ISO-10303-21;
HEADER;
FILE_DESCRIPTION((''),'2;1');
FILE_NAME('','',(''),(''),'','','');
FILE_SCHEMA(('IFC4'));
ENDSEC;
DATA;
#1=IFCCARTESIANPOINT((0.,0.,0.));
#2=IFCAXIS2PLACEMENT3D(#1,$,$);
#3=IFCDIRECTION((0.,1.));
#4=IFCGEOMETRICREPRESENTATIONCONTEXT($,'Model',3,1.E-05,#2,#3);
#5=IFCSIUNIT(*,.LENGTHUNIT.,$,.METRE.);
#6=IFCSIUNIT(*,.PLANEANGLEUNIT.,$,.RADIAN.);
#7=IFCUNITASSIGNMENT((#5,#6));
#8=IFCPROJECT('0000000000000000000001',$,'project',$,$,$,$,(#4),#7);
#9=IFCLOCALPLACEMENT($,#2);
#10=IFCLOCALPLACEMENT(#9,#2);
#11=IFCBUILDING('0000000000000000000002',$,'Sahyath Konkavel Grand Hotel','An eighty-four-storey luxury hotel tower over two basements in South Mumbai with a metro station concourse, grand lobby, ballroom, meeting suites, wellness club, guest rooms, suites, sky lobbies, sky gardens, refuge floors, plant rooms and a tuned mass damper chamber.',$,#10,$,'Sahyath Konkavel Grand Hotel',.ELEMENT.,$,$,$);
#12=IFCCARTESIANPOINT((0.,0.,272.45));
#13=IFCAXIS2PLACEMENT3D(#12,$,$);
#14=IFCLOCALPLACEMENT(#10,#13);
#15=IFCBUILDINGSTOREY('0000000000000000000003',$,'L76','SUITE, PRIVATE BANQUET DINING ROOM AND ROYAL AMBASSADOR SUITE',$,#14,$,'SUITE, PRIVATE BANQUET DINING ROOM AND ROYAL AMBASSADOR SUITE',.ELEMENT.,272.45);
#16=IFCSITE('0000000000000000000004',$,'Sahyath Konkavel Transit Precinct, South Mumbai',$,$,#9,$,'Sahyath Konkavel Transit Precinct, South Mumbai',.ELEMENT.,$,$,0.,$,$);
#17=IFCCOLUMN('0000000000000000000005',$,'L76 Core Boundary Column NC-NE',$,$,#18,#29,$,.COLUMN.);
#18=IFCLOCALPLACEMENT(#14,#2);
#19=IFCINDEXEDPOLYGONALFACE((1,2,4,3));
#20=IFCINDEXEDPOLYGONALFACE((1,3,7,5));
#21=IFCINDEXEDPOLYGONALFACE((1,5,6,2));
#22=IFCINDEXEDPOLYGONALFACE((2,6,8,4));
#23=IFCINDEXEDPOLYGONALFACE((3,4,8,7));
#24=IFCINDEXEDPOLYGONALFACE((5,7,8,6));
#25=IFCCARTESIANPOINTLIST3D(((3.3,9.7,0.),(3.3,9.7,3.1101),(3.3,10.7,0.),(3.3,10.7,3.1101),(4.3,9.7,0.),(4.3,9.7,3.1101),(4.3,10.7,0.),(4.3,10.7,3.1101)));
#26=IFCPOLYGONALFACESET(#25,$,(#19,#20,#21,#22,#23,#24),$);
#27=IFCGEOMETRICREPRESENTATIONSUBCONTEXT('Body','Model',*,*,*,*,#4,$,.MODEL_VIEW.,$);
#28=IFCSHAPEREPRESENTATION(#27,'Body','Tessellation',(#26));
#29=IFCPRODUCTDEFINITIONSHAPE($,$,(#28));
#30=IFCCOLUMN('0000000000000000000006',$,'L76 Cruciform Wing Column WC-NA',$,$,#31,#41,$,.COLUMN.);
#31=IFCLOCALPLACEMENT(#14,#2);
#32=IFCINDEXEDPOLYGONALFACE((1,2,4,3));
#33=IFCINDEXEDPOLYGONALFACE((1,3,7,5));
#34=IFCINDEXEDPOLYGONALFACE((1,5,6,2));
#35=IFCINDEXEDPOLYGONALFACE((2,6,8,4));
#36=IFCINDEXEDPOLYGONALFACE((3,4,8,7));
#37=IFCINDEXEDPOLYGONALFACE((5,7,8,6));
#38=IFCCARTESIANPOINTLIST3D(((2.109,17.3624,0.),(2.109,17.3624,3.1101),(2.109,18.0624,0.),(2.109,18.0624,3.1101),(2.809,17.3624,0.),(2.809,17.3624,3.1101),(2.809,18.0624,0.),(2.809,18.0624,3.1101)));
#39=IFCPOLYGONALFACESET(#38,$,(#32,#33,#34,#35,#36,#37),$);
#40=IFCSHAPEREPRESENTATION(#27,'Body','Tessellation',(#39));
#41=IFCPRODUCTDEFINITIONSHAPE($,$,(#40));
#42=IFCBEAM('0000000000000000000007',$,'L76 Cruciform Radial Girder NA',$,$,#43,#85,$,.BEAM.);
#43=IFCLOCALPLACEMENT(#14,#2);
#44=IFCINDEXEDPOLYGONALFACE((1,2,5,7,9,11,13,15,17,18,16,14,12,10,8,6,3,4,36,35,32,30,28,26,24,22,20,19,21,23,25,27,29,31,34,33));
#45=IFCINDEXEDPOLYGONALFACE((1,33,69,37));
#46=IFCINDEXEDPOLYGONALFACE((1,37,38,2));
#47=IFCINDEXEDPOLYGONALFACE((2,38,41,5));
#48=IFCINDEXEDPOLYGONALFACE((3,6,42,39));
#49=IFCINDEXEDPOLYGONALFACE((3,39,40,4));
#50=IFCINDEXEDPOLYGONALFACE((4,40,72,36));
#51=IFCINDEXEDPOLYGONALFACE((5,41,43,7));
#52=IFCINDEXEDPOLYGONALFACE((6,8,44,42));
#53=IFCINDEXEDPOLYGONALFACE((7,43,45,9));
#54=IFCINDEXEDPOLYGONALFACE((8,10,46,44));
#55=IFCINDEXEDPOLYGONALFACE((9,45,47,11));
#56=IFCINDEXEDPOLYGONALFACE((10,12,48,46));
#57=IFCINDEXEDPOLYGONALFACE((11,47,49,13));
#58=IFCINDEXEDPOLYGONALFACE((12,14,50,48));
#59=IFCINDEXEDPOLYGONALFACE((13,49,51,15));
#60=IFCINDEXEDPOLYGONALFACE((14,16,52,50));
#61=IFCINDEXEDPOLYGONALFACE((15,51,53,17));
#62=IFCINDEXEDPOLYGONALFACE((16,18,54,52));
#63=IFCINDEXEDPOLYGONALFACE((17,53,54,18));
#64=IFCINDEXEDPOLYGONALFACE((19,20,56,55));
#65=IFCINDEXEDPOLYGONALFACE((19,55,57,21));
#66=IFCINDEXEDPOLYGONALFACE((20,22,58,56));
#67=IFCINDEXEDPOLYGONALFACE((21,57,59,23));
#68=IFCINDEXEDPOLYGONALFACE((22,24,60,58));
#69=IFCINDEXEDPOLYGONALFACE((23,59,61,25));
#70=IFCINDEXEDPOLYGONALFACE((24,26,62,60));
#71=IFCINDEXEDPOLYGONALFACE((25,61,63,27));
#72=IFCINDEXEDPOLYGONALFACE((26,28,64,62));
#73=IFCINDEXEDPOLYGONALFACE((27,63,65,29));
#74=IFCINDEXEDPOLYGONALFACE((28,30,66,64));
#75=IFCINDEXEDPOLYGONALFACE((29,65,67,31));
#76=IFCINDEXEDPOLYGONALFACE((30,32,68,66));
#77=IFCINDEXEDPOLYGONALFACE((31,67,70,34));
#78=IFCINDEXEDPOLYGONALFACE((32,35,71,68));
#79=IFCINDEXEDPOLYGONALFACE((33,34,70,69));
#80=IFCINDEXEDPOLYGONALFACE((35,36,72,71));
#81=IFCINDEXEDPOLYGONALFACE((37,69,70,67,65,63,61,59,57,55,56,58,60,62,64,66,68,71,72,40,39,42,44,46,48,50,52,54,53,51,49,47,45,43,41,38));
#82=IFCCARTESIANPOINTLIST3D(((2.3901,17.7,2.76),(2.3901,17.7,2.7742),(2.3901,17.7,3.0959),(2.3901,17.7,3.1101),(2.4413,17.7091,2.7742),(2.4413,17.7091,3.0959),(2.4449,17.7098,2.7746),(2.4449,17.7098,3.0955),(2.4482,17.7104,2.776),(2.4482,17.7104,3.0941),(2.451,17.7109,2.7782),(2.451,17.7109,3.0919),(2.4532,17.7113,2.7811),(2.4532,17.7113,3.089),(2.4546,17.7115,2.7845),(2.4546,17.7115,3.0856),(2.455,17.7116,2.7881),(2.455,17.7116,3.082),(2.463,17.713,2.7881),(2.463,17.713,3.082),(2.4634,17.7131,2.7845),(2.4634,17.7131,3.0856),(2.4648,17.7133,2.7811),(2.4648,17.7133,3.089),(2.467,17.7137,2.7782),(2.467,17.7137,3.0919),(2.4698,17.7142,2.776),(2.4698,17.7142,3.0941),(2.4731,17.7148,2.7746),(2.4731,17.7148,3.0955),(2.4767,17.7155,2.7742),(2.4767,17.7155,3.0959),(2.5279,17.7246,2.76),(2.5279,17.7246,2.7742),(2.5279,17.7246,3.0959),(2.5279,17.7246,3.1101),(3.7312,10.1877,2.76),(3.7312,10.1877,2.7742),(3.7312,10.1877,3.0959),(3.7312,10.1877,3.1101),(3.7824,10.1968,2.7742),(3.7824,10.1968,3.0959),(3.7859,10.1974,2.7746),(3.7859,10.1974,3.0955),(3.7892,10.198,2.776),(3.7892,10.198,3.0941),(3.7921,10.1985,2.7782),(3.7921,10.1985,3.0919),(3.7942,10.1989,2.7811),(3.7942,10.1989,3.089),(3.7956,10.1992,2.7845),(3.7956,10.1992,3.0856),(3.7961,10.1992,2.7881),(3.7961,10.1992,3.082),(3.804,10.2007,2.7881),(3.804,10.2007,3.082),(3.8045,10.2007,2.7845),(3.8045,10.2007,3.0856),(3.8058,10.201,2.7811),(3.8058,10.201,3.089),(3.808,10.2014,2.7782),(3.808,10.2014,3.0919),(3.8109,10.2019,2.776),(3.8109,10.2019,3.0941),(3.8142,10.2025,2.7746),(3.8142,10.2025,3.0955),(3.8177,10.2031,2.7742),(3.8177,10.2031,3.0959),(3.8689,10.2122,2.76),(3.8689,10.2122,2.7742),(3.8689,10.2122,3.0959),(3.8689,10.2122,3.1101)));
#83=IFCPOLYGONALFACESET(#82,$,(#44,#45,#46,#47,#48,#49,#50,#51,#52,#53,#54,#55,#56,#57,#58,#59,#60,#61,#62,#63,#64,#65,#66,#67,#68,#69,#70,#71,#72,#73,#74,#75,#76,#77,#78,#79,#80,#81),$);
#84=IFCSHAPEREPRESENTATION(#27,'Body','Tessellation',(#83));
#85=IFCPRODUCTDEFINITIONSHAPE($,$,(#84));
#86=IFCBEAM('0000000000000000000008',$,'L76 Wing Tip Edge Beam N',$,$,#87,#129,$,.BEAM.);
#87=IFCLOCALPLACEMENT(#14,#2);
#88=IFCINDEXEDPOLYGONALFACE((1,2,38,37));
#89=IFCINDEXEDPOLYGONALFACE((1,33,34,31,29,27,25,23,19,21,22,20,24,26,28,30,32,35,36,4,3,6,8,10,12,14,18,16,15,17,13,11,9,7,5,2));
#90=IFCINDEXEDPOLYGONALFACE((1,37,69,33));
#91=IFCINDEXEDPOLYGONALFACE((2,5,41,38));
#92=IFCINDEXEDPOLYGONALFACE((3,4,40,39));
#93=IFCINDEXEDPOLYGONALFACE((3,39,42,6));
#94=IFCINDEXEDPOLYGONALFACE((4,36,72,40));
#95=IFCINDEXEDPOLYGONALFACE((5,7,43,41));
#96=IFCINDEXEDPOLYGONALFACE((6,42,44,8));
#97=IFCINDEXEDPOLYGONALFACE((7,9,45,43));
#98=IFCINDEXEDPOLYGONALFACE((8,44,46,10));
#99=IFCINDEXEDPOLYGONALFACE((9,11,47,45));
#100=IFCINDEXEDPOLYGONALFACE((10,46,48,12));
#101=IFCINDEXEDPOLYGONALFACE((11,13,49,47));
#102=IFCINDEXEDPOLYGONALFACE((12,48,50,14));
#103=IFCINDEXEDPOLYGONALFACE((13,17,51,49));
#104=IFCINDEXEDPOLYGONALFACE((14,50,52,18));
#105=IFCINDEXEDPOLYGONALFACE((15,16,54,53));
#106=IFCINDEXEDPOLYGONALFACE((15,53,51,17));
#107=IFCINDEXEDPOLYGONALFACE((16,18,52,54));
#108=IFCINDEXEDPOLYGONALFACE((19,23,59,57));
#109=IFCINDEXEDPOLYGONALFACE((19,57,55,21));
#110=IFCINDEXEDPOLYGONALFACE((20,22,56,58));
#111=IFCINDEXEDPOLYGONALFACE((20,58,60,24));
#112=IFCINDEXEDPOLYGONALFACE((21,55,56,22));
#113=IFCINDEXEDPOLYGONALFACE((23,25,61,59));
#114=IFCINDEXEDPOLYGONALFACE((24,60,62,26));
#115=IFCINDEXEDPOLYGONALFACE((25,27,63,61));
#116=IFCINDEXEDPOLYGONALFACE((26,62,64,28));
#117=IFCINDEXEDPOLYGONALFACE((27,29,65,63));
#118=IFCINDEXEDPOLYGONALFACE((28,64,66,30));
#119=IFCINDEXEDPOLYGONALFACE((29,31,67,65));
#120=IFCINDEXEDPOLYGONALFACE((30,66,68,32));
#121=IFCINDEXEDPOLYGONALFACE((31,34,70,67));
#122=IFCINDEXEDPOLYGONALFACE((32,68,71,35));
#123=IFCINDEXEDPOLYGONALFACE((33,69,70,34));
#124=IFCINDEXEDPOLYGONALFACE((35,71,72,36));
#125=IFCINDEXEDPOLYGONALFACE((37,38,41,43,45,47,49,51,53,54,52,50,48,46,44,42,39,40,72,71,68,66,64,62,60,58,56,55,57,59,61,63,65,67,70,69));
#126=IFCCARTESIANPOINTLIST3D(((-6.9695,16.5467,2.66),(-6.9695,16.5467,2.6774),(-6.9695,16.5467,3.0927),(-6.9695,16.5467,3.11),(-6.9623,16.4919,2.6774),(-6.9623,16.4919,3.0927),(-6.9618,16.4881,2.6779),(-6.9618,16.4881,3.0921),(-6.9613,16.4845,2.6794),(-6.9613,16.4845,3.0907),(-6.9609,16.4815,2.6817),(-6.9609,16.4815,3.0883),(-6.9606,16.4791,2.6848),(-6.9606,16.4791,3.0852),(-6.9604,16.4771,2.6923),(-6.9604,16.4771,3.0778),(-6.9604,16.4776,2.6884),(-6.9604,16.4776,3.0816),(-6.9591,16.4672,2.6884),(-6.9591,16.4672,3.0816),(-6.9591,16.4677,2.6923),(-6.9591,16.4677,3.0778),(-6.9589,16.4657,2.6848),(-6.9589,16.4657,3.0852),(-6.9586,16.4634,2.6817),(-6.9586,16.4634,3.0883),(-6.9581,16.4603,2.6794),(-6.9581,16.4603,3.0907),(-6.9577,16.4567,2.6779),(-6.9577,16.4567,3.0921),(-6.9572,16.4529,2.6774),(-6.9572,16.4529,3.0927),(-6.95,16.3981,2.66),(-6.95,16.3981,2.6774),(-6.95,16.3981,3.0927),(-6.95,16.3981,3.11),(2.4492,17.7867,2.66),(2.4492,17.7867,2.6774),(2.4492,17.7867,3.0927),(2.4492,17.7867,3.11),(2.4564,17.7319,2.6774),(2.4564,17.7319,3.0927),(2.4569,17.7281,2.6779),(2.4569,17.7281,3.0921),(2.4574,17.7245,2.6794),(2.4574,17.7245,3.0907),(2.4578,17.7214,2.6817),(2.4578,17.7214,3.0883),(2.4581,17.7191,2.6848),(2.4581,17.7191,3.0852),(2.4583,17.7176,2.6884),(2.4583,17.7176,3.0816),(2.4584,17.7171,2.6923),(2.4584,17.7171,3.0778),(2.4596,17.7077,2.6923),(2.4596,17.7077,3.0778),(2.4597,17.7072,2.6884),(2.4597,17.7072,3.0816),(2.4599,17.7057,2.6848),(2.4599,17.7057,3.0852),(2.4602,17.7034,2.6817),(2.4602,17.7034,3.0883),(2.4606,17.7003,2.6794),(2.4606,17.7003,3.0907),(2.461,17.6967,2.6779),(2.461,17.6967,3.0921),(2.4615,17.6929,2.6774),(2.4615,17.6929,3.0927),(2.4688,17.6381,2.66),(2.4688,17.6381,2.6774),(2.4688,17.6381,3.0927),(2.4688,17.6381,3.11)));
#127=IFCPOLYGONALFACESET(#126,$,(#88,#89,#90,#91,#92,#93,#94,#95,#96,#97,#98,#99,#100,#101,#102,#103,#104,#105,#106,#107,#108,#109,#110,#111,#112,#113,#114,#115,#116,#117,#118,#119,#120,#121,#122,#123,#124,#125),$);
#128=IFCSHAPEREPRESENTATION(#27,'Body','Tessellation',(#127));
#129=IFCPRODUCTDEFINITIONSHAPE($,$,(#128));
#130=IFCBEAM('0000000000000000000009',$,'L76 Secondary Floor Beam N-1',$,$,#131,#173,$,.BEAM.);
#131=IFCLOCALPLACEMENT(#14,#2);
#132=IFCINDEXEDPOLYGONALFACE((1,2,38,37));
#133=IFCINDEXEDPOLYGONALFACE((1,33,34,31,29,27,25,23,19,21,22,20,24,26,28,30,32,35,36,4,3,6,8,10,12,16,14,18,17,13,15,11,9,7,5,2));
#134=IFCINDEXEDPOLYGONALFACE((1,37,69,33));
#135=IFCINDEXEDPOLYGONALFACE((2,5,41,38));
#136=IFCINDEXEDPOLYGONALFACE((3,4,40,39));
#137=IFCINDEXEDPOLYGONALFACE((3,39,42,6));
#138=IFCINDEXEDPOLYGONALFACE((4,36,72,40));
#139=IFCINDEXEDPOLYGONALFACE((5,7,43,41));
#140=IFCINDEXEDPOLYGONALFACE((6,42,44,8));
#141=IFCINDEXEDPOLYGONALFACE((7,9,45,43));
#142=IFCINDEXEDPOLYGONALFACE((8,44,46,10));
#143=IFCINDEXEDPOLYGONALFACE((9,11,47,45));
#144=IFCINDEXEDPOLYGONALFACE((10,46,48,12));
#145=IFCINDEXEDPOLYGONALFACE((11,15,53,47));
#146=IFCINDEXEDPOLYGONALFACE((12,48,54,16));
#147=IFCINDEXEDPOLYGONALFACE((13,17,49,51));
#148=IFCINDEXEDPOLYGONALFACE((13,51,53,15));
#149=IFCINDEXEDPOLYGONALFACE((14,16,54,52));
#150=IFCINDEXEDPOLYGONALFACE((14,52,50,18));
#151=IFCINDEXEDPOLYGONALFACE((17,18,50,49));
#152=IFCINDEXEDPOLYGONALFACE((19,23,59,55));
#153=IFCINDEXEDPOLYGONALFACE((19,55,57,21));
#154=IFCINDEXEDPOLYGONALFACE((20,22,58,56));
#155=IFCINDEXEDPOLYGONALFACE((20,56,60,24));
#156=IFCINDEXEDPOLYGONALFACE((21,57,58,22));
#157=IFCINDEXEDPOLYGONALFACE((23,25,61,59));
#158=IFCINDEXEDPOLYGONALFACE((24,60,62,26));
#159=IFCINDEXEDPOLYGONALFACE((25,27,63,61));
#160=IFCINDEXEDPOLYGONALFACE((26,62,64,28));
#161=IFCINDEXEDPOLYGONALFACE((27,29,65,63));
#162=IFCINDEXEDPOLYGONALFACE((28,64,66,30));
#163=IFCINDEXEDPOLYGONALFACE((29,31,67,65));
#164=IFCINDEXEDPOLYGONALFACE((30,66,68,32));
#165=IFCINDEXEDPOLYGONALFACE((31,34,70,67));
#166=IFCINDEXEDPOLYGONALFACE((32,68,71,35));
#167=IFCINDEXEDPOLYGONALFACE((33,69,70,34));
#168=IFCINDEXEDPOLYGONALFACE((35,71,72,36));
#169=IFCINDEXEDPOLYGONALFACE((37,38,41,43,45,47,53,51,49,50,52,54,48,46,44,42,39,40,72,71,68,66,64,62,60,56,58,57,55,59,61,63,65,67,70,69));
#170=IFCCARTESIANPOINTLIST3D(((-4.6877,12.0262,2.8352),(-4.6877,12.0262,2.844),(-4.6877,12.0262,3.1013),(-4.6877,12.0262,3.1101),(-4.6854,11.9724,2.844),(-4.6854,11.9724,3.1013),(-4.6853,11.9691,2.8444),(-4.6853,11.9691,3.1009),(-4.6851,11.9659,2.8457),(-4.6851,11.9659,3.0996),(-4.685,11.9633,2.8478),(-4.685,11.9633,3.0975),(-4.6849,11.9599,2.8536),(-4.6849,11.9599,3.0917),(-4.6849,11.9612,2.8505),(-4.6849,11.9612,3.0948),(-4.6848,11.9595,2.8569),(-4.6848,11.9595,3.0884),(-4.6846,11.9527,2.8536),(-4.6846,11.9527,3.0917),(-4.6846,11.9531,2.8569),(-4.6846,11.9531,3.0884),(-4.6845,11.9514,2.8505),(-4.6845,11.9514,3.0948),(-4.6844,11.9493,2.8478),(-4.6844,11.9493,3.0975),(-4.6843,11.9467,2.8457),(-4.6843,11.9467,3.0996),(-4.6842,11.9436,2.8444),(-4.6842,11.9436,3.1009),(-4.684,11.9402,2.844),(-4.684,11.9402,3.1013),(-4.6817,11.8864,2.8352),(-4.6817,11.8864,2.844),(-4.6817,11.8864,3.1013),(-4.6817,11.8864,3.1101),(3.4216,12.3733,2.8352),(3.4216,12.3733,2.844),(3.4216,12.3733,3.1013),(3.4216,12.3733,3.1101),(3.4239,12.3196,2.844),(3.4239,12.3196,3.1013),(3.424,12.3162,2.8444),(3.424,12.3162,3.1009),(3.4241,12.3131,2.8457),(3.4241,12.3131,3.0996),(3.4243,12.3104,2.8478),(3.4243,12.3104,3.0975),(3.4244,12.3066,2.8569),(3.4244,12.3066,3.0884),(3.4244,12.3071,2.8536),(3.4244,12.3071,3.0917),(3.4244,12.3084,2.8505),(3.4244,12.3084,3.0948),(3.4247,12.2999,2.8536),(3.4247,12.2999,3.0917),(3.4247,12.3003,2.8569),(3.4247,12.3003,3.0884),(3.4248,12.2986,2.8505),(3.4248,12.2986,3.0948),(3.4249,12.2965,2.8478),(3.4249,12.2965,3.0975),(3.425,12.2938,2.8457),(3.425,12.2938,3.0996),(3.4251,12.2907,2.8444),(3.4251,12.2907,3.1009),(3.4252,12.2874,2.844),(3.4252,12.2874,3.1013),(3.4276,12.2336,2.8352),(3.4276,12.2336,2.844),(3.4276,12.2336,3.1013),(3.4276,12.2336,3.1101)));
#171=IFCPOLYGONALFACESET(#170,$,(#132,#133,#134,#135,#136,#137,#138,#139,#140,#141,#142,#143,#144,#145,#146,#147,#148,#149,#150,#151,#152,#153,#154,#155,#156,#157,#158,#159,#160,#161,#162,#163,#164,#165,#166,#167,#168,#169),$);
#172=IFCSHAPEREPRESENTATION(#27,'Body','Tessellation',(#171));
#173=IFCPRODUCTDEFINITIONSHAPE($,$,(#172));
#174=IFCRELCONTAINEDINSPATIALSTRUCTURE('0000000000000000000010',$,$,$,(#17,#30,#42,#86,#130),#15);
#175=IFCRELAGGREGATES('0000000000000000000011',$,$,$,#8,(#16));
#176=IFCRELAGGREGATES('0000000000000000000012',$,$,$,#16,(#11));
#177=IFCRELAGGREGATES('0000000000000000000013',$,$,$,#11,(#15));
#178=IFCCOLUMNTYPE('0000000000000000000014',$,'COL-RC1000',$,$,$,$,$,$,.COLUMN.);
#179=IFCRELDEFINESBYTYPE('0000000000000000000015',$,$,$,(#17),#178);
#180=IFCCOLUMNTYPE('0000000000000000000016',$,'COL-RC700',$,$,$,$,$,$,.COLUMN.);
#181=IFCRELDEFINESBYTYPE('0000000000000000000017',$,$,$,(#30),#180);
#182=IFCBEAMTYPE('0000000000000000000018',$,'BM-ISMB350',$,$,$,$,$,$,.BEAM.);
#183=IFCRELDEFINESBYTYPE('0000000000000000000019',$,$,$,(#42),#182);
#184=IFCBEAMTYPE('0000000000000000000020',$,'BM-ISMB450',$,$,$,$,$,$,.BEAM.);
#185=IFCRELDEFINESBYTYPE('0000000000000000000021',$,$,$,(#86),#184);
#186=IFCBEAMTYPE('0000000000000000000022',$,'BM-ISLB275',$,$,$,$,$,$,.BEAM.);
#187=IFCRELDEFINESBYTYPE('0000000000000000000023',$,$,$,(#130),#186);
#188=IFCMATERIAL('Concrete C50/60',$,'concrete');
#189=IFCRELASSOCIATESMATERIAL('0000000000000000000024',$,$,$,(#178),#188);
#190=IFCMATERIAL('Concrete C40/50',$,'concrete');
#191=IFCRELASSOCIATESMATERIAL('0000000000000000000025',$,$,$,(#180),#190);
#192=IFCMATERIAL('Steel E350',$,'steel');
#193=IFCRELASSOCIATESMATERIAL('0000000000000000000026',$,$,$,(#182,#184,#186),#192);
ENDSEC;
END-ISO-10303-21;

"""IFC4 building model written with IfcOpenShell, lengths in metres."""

from ifc_helpers import new_model, si_unit, direction, frame, origin, origin_2d, place, context, subcontext, project, spatial, rectangle, i_section, extrude, source, transform, mapped, material, material_profile, profile_set, type_object, element, save


model = new_model("IFC4")

# Units and contexts
model_context = context("Model", 3, precision=1e-05, world=origin(), true_north=direction((0.0, 1.0)))
body_context = subcontext(model_context, "Body", "Model", "MODEL_VIEW")
ifc_project = project(units=[si_unit("LENGTHUNIT", "METRE"), si_unit("PLANEANGLEUNIT", "RADIAN")], contexts=[model_context])

# Site, building, storey
site_placement = place(None, origin())
site = spatial("IfcSite", under=ifc_project, at=site_placement, Name="Sahyath Konkavel Transit Precinct, South Mumbai", LongName="Sahyath Konkavel Transit Precinct, South Mumbai", CompositionType="ELEMENT", RefElevation=0.0)
building_placement = place(site_placement, origin())
building = spatial("IfcBuilding", under=site, at=building_placement, Name="Sahyath Konkavel Grand Hotel", Description="An eighty-four-storey luxury hotel tower over two basements in South Mumbai with a metro station concourse, grand lobby, ballroom, meeting suites, wellness club, guest rooms, suites, sky lobbies, sky gardens, refuge floors, plant rooms and a tuned mass damper chamber.", LongName="Sahyath Konkavel Grand Hotel", CompositionType="ELEMENT")
storey_placement = place(building_placement, frame((0.0, 0.0, 272.45)))
storey = spatial("IfcBuildingStorey", under=building, at=storey_placement, Name="L76", Description="SUITE, PRIVATE BANQUET DINING ROOM AND ROYAL AMBASSADOR SUITE", LongName="SUITE, PRIVATE BANQUET DINING ROOM AND ROYAL AMBASSADOR SUITE", CompositionType="ELEMENT", Elevation=272.45)

# Columns
ifc_material_1 = material(Name="Concrete C50/60", Category="concrete")
ifc_material_profile_1 = material_profile(ifc_material_1, rectangle(XDim=1.0, YDim=1.0, at=origin_2d()), Name="RC 1000x1000")
ifc_profile_set_1 = profile_set([ifc_material_profile_1], Name="Concrete C50/60")
column_type_1 = type_object("IfcColumnType", Name="COL-RC1000", PredefinedType="COLUMN", material=ifc_profile_set_1)
shared_shape_1 = source(origin(), body_context, "Body", "SweptSolid", [
    extrude(rectangle(XDim=1.0, YDim=1.0, at=origin_2d()), origin(), (0.0, 0.0, 1.0), 3.1101),
])
column_1_placement = place(storey_placement, frame((3.8, 10.2, 0.0), z_axis=(0.0, 0.0, 1.0), x_axis=(1.0, 0.0, 0.0)))
element("IfcColumn", 1, at=column_1_placement, inside=storey, type_object=column_type_1, Name="L76 Core Boundary Column NC-NE", PredefinedType="COLUMN", context=body_context, shape_type="MappedRepresentation", body=[
    mapped(shared_shape_1, transform((0.0, 0.0, 0.0), scale=1.0)),
])
ifc_material_2 = material(Name="Concrete C40/50", Category="concrete")
ifc_material_profile_2 = material_profile(ifc_material_2, rectangle(XDim=0.7, YDim=0.7, at=origin_2d()), Name="RC 700x700")
ifc_profile_set_2 = profile_set([ifc_material_profile_2], Name="Concrete C40/50")
column_type_2 = type_object("IfcColumnType", Name="COL-RC700", PredefinedType="COLUMN", material=ifc_profile_set_2)
shared_shape_2 = source(origin(), body_context, "Body", "SweptSolid", [
    extrude(rectangle(XDim=0.7, YDim=0.7, at=origin_2d()), origin(), (0.0, 0.0, 1.0), 3.1101),
])
column_2_placement = place(storey_placement, frame((2.459, 17.7124, 0.0), z_axis=(0.0, 0.0, 1.0), x_axis=(1.0, 0.0, 0.0)))
element("IfcColumn", 2, at=column_2_placement, inside=storey, type_object=column_type_2, Name="L76 Cruciform Wing Column WC-NA", PredefinedType="COLUMN", context=body_context, shape_type="MappedRepresentation", body=[
    mapped(shared_shape_2, transform((0.0, 0.0, 0.0), scale=1.0)),
])

# Beams
ifc_material_3 = material(Name="Steel E350", Category="steel")
ifc_material_profile_3 = material_profile(ifc_material_3, i_section(OverallWidth=0.1399, OverallDepth=0.3501, WebThickness=0.0081, FlangeThickness=0.0142, FilletRadius=0.0139, at=origin_2d()), Name="ISMB 350")
ifc_profile_set_3 = profile_set([ifc_material_profile_3], Name="Steel E350")
beam_type_1 = type_object("IfcBeamType", Name="BM-ISMB350", PredefinedType="BEAM", material=ifc_profile_set_3)
shared_shape_3 = source(origin(), body_context, "Body", "SweptSolid", [
    extrude(i_section(OverallWidth=0.1399, OverallDepth=0.3501, WebThickness=0.0081, FlangeThickness=0.0142, FilletRadius=0.0139, at=origin_2d()), origin(), (0.0, 0.0, 1.0), 7.6311),
])
beam_1_placement = place(storey_placement, frame((3.8, 10.2, 2.9351), z_axis=(-0.175734, 0.984438, 0.0), x_axis=(-0.984438, -0.175734, 0.0)))
element("IfcBeam", 3, at=beam_1_placement, inside=storey, type_object=beam_type_1, Name="L76 Cruciform Radial Girder NA", PredefinedType="BEAM", context=body_context, shape_type="MappedRepresentation", body=[
    mapped(shared_shape_3, transform((0.0, 0.0, 0.0), scale=1.0)),
])
ifc_material_profile_4 = material_profile(ifc_material_3, i_section(OverallWidth=0.1499, OverallDepth=0.45, WebThickness=0.0095, FlangeThickness=0.0173, FilletRadius=0.0149, at=origin_2d()), Name="ISMB 450")
ifc_profile_set_4 = profile_set([ifc_material_profile_4], Name="Steel E350")
beam_type_2 = type_object("IfcBeamType", Name="BM-ISMB450", PredefinedType="BEAM", material=ifc_profile_set_4)
shared_shape_4 = source(origin(), body_context, "Body", "SweptSolid", [
    extrude(i_section(OverallWidth=0.1499, OverallDepth=0.45, WebThickness=0.0095, FlangeThickness=0.0173, FilletRadius=0.0149, at=origin_2d()), origin(), (0.0, 0.0, 1.0), 9.5),
])
beam_2_placement = place(storey_placement, frame((2.459, 17.7124, 2.885), z_axis=(-0.991445, -0.130526, 0.0), x_axis=(0.130526, -0.991445, 0.0)))
element("IfcBeam", 4, at=beam_2_placement, inside=storey, type_object=beam_type_2, Name="L76 Wing Tip Edge Beam N", PredefinedType="BEAM", context=body_context, shape_type="MappedRepresentation", body=[
    mapped(shared_shape_4, transform((0.0, 0.0, 0.0), scale=1.0)),
])
ifc_material_profile_5 = material_profile(ifc_material_3, i_section(OverallWidth=0.1399, OverallDepth=0.2749, WebThickness=0.0063, FlangeThickness=0.0088, FilletRadius=0.0129, at=origin_2d()), Name="ISLB 275")
ifc_profile_set_5 = profile_set([ifc_material_profile_5], Name="Steel E350")
beam_type_3 = type_object("IfcBeamType", Name="BM-ISLB275", PredefinedType="BEAM", material=ifc_profile_set_5)
shared_shape_5 = source(origin(), body_context, "Body", "SweptSolid", [
    extrude(i_section(OverallWidth=0.1399, OverallDepth=0.2749, WebThickness=0.0063, FlangeThickness=0.0088, FilletRadius=0.0129, at=origin_2d()), origin(), (0.0, 0.0, 1.0), 8.1167),
])
beam_3_placement = place(storey_placement, frame((3.4246, 12.3035, 2.9727), z_axis=(-0.999085, -0.042772, 0.0), x_axis=(0.042772, -0.999085, 0.0)))
element("IfcBeam", 5, at=beam_3_placement, inside=storey, type_object=beam_type_3, Name="L76 Secondary Floor Beam N-1", PredefinedType="BEAM", context=body_context, shape_type="MappedRepresentation", body=[
    mapped(shared_shape_5, transform((0.0, 0.0, 0.0), scale=1.0)),
])

save(model, "model.ifc")
